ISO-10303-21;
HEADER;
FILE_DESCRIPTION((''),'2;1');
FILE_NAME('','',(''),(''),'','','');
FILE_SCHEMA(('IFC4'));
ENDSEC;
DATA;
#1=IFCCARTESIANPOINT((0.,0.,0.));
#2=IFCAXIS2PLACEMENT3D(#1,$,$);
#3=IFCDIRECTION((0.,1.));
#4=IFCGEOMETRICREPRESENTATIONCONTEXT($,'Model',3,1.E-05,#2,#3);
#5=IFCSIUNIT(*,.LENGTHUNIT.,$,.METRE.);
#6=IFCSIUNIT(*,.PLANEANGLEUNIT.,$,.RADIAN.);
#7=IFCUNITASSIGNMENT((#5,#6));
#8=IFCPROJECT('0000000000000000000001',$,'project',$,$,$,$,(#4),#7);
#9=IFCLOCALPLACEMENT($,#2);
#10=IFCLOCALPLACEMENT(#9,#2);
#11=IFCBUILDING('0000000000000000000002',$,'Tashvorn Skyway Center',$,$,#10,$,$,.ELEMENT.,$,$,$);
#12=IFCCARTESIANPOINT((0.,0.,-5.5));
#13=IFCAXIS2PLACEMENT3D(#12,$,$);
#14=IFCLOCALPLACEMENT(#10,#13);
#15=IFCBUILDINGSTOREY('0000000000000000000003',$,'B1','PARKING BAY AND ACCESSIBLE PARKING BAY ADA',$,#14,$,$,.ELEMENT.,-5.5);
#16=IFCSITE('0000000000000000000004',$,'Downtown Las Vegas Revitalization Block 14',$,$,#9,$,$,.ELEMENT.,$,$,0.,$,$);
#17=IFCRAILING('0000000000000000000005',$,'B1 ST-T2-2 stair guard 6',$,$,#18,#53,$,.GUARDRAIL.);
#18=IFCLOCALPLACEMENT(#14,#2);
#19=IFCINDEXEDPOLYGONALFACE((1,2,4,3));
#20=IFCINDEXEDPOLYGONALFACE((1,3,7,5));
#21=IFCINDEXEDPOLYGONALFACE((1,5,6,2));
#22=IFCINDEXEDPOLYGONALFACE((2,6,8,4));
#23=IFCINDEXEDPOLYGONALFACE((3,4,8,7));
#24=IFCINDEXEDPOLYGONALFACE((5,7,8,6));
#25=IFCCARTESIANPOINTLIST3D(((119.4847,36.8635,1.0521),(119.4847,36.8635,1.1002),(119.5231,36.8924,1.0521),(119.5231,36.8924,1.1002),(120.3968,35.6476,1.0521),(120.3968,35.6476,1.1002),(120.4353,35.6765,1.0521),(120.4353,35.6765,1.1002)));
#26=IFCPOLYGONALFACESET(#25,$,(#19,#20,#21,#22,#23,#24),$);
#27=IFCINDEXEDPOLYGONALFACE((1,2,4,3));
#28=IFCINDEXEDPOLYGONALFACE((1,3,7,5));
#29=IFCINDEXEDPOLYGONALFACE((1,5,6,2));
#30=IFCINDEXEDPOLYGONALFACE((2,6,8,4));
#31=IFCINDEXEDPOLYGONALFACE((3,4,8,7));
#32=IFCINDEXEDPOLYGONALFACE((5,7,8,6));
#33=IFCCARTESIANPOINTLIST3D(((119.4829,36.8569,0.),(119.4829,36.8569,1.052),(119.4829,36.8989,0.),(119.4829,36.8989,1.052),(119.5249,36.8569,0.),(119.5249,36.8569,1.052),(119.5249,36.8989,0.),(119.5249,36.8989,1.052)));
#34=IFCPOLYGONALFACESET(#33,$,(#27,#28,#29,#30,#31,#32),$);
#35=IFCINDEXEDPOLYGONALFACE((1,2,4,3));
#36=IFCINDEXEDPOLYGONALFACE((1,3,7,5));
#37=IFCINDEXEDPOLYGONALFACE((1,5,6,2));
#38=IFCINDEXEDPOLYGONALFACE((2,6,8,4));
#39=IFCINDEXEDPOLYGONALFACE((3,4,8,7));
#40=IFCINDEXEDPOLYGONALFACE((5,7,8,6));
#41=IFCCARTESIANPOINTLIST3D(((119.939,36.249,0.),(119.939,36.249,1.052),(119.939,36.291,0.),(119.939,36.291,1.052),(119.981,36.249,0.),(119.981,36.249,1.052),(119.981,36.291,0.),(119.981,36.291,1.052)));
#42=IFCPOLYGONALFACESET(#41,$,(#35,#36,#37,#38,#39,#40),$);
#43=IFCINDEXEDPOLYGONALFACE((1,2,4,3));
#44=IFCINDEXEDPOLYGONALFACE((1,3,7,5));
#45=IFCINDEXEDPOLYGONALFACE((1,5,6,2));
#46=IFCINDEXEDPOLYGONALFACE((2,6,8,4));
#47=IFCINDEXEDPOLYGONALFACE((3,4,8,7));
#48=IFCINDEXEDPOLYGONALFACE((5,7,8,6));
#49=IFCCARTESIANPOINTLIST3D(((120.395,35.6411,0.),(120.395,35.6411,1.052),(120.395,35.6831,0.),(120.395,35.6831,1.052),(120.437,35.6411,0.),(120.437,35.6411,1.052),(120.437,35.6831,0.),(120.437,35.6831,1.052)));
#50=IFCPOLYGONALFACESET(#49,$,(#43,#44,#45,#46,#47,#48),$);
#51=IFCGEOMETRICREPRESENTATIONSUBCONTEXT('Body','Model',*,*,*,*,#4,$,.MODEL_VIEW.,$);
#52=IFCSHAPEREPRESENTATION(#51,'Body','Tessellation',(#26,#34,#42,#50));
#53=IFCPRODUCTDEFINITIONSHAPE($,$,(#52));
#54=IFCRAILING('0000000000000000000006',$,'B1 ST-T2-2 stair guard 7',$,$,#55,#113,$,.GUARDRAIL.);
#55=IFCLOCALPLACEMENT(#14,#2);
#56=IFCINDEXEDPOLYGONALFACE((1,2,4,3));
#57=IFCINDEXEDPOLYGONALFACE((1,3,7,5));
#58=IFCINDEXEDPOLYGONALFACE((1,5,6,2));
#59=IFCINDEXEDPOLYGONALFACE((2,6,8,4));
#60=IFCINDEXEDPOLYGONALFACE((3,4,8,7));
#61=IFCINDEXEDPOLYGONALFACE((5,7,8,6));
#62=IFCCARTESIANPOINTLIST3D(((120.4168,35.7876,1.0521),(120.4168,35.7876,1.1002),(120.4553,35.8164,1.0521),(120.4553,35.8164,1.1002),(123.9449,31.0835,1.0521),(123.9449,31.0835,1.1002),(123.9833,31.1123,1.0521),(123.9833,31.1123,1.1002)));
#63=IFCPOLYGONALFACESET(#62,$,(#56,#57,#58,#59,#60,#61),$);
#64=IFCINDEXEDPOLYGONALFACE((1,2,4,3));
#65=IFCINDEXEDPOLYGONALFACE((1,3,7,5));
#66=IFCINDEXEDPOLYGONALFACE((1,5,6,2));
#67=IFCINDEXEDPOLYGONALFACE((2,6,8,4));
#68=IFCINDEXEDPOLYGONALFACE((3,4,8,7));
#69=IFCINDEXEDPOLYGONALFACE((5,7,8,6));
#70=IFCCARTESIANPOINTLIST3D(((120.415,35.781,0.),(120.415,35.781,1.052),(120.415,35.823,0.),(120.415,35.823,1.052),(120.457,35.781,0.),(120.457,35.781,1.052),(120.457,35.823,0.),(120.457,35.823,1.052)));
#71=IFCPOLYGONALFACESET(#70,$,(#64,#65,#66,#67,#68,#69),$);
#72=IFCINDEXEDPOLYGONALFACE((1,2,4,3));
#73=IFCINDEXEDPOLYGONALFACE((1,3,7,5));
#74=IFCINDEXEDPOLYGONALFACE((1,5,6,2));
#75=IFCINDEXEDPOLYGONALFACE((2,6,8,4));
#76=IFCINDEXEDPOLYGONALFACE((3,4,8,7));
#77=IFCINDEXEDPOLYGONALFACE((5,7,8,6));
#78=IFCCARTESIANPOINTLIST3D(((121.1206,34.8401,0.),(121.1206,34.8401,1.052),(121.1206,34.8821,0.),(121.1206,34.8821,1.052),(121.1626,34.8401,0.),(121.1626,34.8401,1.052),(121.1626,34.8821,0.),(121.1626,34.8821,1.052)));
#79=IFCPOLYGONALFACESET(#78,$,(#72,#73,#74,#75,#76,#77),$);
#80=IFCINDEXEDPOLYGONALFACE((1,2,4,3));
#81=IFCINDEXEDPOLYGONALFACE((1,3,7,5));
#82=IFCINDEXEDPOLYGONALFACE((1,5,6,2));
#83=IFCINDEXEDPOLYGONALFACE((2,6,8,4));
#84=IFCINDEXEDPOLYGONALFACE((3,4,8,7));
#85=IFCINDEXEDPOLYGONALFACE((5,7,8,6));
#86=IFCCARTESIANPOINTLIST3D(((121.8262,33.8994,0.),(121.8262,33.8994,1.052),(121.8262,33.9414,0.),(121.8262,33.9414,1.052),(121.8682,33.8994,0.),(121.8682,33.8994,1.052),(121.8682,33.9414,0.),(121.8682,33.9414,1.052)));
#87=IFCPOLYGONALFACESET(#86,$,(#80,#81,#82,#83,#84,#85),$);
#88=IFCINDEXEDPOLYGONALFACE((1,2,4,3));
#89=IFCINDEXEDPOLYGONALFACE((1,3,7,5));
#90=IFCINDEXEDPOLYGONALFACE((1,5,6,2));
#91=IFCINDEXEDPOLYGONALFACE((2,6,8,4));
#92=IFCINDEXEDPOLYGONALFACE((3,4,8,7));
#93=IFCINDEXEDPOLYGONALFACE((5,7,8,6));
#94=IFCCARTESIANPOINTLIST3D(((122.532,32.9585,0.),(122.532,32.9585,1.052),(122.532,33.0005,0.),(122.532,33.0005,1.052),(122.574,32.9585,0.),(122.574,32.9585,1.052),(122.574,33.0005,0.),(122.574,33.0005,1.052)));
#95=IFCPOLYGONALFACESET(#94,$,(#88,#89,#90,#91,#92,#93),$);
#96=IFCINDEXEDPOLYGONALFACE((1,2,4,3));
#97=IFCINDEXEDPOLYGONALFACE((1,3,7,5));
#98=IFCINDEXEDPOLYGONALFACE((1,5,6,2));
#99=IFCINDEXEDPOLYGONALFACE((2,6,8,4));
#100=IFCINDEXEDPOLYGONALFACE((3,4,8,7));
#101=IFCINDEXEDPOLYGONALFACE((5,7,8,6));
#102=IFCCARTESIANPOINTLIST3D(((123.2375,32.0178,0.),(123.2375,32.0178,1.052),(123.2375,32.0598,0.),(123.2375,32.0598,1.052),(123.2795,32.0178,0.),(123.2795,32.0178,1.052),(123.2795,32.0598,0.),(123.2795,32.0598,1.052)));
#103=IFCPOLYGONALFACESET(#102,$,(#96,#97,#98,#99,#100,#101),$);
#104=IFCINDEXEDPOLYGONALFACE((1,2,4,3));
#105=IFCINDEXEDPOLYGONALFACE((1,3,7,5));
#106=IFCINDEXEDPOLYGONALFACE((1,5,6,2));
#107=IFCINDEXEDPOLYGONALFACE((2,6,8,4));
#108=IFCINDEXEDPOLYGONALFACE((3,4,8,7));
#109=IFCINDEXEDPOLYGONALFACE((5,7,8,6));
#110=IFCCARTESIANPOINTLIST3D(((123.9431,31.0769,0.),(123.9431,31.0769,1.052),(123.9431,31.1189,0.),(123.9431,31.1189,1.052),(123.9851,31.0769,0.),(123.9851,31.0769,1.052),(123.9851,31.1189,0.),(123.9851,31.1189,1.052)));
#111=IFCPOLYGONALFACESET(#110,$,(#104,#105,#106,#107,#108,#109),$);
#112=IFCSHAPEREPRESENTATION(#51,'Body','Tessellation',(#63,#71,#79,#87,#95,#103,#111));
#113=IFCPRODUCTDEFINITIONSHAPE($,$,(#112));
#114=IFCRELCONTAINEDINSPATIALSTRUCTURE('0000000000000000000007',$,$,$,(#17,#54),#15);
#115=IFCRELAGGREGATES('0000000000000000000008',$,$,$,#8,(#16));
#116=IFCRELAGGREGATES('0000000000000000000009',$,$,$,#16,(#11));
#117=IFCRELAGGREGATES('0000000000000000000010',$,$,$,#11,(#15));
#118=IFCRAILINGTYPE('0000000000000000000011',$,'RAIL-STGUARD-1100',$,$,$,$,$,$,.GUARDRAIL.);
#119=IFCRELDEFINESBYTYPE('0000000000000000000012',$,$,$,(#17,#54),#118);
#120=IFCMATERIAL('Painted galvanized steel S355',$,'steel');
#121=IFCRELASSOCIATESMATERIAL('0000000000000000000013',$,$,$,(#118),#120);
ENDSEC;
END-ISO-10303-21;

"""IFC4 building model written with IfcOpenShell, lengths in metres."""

from ifc_helpers import new_model, si_unit, direction, frame, origin, origin_2d, place, context, subcontext, project, spatial, rectangle, extrude, material, type_object, element, save


model = new_model("IFC4")

# Units and contexts
model_context = context("Model", 3, precision=1e-05, world=origin(), true_north=direction((0.0, 1.0)))
body_context = subcontext(model_context, "Body", "Model", "MODEL_VIEW")
ifc_project = project(units=[si_unit("LENGTHUNIT", "METRE"), si_unit("PLANEANGLEUNIT", "RADIAN")], contexts=[model_context])

# Site, building, storey
site_placement = place(None, origin())
site = spatial("IfcSite", under=ifc_project, at=site_placement, Name="Downtown Las Vegas Revitalization Block 14", CompositionType="ELEMENT", RefElevation=0.0)
building_placement = place(site_placement, origin())
building = spatial("IfcBuilding", under=site, at=building_placement, Name="Tashvorn Skyway Center", CompositionType="ELEMENT")
storey_placement = place(building_placement, frame((0.0, 0.0, -5.5)))
storey = spatial("IfcBuildingStorey", under=building, at=storey_placement, Name="B1", Description="PARKING BAY AND ACCESSIBLE PARKING BAY ADA", CompositionType="ELEMENT", Elevation=-5.5)

# Railings
ifc_material_1 = material(Name="Painted galvanized steel S355", Category="steel")
railing_type_1 = type_object("IfcRailingType", Name="RAIL-STGUARD-1100", PredefinedType="GUARDRAIL", material=ifc_material_1)
railing_1_placement = place(storey_placement, frame((119.5039, 36.8779, 0.0)))
element("IfcRailing", 1, at=railing_1_placement, inside=storey, type_object=railing_type_1, Name="B1 ST-T2-2 stair guard 6", PredefinedType="GUARDRAIL", context=body_context, shape_type="SweptSolid", body=[
    extrude(rectangle(XDim=0.0481, YDim=0.0481, at=origin_2d()), frame((0.0, 0.0, 1.0762), z_axis=(0.600103, -0.799923, 0.0), x_axis=(0.799923, 0.600103, 0.0)), (0.0, 0.0, 1.0), 1.52),
    extrude(rectangle(XDim=0.042, YDim=0.042, at=origin_2d()), origin(), (0.0, 0.0, 1.0), 1.052),
    extrude(rectangle(XDim=0.042, YDim=0.042, at=origin_2d()), frame((0.4561, -0.6079, 0.0)), (0.0, 0.0, 1.0), 1.052),
    extrude(rectangle(XDim=0.042, YDim=0.042, at=origin_2d()), frame((0.9121, -1.2158, 0.0)), (0.0, 0.0, 1.0), 1.052),
])
railing_2_placement = place(storey_placement, frame((120.436, 35.802, 0.0)))
element("IfcRailing", 2, at=railing_2_placement, inside=storey, type_object=railing_type_1, Name="B1 ST-T2-2 stair guard 7", PredefinedType="GUARDRAIL", context=body_context, shape_type="SweptSolid", body=[
    extrude(rectangle(XDim=0.0481, YDim=0.0481, at=origin_2d()), frame((0.0, 0.0, 1.0762), z_axis=(0.6, -0.8, 0.0), x_axis=(0.8, 0.6, 0.0)), (0.0, 0.0, 1.0), 5.8801),
    extrude(rectangle(XDim=0.042, YDim=0.042, at=origin_2d()), origin(), (0.0, 0.0, 1.0), 1.052),
    extrude(rectangle(XDim=0.042, YDim=0.042, at=origin_2d()), frame((0.7056, -0.9409, 0.0)), (0.0, 0.0, 1.0), 1.052),
    extrude(rectangle(XDim=0.042, YDim=0.042, at=origin_2d()), frame((1.4111, -1.8816, 0.0)), (0.0, 0.0, 1.0), 1.052),
    extrude(rectangle(XDim=0.042, YDim=0.042, at=origin_2d()), frame((2.1169, -2.8225, 0.0)), (0.0, 0.0, 1.0), 1.052),
    extrude(rectangle(XDim=0.042, YDim=0.042, at=origin_2d()), frame((2.8225, -3.7632, 0.0)), (0.0, 0.0, 1.0), 1.052),
    extrude(rectangle(XDim=0.042, YDim=0.042, at=origin_2d()), frame((3.5281, -4.7041, 0.0)), (0.0, 0.0, 1.0), 1.052),
])

save(model, "model.ifc")
